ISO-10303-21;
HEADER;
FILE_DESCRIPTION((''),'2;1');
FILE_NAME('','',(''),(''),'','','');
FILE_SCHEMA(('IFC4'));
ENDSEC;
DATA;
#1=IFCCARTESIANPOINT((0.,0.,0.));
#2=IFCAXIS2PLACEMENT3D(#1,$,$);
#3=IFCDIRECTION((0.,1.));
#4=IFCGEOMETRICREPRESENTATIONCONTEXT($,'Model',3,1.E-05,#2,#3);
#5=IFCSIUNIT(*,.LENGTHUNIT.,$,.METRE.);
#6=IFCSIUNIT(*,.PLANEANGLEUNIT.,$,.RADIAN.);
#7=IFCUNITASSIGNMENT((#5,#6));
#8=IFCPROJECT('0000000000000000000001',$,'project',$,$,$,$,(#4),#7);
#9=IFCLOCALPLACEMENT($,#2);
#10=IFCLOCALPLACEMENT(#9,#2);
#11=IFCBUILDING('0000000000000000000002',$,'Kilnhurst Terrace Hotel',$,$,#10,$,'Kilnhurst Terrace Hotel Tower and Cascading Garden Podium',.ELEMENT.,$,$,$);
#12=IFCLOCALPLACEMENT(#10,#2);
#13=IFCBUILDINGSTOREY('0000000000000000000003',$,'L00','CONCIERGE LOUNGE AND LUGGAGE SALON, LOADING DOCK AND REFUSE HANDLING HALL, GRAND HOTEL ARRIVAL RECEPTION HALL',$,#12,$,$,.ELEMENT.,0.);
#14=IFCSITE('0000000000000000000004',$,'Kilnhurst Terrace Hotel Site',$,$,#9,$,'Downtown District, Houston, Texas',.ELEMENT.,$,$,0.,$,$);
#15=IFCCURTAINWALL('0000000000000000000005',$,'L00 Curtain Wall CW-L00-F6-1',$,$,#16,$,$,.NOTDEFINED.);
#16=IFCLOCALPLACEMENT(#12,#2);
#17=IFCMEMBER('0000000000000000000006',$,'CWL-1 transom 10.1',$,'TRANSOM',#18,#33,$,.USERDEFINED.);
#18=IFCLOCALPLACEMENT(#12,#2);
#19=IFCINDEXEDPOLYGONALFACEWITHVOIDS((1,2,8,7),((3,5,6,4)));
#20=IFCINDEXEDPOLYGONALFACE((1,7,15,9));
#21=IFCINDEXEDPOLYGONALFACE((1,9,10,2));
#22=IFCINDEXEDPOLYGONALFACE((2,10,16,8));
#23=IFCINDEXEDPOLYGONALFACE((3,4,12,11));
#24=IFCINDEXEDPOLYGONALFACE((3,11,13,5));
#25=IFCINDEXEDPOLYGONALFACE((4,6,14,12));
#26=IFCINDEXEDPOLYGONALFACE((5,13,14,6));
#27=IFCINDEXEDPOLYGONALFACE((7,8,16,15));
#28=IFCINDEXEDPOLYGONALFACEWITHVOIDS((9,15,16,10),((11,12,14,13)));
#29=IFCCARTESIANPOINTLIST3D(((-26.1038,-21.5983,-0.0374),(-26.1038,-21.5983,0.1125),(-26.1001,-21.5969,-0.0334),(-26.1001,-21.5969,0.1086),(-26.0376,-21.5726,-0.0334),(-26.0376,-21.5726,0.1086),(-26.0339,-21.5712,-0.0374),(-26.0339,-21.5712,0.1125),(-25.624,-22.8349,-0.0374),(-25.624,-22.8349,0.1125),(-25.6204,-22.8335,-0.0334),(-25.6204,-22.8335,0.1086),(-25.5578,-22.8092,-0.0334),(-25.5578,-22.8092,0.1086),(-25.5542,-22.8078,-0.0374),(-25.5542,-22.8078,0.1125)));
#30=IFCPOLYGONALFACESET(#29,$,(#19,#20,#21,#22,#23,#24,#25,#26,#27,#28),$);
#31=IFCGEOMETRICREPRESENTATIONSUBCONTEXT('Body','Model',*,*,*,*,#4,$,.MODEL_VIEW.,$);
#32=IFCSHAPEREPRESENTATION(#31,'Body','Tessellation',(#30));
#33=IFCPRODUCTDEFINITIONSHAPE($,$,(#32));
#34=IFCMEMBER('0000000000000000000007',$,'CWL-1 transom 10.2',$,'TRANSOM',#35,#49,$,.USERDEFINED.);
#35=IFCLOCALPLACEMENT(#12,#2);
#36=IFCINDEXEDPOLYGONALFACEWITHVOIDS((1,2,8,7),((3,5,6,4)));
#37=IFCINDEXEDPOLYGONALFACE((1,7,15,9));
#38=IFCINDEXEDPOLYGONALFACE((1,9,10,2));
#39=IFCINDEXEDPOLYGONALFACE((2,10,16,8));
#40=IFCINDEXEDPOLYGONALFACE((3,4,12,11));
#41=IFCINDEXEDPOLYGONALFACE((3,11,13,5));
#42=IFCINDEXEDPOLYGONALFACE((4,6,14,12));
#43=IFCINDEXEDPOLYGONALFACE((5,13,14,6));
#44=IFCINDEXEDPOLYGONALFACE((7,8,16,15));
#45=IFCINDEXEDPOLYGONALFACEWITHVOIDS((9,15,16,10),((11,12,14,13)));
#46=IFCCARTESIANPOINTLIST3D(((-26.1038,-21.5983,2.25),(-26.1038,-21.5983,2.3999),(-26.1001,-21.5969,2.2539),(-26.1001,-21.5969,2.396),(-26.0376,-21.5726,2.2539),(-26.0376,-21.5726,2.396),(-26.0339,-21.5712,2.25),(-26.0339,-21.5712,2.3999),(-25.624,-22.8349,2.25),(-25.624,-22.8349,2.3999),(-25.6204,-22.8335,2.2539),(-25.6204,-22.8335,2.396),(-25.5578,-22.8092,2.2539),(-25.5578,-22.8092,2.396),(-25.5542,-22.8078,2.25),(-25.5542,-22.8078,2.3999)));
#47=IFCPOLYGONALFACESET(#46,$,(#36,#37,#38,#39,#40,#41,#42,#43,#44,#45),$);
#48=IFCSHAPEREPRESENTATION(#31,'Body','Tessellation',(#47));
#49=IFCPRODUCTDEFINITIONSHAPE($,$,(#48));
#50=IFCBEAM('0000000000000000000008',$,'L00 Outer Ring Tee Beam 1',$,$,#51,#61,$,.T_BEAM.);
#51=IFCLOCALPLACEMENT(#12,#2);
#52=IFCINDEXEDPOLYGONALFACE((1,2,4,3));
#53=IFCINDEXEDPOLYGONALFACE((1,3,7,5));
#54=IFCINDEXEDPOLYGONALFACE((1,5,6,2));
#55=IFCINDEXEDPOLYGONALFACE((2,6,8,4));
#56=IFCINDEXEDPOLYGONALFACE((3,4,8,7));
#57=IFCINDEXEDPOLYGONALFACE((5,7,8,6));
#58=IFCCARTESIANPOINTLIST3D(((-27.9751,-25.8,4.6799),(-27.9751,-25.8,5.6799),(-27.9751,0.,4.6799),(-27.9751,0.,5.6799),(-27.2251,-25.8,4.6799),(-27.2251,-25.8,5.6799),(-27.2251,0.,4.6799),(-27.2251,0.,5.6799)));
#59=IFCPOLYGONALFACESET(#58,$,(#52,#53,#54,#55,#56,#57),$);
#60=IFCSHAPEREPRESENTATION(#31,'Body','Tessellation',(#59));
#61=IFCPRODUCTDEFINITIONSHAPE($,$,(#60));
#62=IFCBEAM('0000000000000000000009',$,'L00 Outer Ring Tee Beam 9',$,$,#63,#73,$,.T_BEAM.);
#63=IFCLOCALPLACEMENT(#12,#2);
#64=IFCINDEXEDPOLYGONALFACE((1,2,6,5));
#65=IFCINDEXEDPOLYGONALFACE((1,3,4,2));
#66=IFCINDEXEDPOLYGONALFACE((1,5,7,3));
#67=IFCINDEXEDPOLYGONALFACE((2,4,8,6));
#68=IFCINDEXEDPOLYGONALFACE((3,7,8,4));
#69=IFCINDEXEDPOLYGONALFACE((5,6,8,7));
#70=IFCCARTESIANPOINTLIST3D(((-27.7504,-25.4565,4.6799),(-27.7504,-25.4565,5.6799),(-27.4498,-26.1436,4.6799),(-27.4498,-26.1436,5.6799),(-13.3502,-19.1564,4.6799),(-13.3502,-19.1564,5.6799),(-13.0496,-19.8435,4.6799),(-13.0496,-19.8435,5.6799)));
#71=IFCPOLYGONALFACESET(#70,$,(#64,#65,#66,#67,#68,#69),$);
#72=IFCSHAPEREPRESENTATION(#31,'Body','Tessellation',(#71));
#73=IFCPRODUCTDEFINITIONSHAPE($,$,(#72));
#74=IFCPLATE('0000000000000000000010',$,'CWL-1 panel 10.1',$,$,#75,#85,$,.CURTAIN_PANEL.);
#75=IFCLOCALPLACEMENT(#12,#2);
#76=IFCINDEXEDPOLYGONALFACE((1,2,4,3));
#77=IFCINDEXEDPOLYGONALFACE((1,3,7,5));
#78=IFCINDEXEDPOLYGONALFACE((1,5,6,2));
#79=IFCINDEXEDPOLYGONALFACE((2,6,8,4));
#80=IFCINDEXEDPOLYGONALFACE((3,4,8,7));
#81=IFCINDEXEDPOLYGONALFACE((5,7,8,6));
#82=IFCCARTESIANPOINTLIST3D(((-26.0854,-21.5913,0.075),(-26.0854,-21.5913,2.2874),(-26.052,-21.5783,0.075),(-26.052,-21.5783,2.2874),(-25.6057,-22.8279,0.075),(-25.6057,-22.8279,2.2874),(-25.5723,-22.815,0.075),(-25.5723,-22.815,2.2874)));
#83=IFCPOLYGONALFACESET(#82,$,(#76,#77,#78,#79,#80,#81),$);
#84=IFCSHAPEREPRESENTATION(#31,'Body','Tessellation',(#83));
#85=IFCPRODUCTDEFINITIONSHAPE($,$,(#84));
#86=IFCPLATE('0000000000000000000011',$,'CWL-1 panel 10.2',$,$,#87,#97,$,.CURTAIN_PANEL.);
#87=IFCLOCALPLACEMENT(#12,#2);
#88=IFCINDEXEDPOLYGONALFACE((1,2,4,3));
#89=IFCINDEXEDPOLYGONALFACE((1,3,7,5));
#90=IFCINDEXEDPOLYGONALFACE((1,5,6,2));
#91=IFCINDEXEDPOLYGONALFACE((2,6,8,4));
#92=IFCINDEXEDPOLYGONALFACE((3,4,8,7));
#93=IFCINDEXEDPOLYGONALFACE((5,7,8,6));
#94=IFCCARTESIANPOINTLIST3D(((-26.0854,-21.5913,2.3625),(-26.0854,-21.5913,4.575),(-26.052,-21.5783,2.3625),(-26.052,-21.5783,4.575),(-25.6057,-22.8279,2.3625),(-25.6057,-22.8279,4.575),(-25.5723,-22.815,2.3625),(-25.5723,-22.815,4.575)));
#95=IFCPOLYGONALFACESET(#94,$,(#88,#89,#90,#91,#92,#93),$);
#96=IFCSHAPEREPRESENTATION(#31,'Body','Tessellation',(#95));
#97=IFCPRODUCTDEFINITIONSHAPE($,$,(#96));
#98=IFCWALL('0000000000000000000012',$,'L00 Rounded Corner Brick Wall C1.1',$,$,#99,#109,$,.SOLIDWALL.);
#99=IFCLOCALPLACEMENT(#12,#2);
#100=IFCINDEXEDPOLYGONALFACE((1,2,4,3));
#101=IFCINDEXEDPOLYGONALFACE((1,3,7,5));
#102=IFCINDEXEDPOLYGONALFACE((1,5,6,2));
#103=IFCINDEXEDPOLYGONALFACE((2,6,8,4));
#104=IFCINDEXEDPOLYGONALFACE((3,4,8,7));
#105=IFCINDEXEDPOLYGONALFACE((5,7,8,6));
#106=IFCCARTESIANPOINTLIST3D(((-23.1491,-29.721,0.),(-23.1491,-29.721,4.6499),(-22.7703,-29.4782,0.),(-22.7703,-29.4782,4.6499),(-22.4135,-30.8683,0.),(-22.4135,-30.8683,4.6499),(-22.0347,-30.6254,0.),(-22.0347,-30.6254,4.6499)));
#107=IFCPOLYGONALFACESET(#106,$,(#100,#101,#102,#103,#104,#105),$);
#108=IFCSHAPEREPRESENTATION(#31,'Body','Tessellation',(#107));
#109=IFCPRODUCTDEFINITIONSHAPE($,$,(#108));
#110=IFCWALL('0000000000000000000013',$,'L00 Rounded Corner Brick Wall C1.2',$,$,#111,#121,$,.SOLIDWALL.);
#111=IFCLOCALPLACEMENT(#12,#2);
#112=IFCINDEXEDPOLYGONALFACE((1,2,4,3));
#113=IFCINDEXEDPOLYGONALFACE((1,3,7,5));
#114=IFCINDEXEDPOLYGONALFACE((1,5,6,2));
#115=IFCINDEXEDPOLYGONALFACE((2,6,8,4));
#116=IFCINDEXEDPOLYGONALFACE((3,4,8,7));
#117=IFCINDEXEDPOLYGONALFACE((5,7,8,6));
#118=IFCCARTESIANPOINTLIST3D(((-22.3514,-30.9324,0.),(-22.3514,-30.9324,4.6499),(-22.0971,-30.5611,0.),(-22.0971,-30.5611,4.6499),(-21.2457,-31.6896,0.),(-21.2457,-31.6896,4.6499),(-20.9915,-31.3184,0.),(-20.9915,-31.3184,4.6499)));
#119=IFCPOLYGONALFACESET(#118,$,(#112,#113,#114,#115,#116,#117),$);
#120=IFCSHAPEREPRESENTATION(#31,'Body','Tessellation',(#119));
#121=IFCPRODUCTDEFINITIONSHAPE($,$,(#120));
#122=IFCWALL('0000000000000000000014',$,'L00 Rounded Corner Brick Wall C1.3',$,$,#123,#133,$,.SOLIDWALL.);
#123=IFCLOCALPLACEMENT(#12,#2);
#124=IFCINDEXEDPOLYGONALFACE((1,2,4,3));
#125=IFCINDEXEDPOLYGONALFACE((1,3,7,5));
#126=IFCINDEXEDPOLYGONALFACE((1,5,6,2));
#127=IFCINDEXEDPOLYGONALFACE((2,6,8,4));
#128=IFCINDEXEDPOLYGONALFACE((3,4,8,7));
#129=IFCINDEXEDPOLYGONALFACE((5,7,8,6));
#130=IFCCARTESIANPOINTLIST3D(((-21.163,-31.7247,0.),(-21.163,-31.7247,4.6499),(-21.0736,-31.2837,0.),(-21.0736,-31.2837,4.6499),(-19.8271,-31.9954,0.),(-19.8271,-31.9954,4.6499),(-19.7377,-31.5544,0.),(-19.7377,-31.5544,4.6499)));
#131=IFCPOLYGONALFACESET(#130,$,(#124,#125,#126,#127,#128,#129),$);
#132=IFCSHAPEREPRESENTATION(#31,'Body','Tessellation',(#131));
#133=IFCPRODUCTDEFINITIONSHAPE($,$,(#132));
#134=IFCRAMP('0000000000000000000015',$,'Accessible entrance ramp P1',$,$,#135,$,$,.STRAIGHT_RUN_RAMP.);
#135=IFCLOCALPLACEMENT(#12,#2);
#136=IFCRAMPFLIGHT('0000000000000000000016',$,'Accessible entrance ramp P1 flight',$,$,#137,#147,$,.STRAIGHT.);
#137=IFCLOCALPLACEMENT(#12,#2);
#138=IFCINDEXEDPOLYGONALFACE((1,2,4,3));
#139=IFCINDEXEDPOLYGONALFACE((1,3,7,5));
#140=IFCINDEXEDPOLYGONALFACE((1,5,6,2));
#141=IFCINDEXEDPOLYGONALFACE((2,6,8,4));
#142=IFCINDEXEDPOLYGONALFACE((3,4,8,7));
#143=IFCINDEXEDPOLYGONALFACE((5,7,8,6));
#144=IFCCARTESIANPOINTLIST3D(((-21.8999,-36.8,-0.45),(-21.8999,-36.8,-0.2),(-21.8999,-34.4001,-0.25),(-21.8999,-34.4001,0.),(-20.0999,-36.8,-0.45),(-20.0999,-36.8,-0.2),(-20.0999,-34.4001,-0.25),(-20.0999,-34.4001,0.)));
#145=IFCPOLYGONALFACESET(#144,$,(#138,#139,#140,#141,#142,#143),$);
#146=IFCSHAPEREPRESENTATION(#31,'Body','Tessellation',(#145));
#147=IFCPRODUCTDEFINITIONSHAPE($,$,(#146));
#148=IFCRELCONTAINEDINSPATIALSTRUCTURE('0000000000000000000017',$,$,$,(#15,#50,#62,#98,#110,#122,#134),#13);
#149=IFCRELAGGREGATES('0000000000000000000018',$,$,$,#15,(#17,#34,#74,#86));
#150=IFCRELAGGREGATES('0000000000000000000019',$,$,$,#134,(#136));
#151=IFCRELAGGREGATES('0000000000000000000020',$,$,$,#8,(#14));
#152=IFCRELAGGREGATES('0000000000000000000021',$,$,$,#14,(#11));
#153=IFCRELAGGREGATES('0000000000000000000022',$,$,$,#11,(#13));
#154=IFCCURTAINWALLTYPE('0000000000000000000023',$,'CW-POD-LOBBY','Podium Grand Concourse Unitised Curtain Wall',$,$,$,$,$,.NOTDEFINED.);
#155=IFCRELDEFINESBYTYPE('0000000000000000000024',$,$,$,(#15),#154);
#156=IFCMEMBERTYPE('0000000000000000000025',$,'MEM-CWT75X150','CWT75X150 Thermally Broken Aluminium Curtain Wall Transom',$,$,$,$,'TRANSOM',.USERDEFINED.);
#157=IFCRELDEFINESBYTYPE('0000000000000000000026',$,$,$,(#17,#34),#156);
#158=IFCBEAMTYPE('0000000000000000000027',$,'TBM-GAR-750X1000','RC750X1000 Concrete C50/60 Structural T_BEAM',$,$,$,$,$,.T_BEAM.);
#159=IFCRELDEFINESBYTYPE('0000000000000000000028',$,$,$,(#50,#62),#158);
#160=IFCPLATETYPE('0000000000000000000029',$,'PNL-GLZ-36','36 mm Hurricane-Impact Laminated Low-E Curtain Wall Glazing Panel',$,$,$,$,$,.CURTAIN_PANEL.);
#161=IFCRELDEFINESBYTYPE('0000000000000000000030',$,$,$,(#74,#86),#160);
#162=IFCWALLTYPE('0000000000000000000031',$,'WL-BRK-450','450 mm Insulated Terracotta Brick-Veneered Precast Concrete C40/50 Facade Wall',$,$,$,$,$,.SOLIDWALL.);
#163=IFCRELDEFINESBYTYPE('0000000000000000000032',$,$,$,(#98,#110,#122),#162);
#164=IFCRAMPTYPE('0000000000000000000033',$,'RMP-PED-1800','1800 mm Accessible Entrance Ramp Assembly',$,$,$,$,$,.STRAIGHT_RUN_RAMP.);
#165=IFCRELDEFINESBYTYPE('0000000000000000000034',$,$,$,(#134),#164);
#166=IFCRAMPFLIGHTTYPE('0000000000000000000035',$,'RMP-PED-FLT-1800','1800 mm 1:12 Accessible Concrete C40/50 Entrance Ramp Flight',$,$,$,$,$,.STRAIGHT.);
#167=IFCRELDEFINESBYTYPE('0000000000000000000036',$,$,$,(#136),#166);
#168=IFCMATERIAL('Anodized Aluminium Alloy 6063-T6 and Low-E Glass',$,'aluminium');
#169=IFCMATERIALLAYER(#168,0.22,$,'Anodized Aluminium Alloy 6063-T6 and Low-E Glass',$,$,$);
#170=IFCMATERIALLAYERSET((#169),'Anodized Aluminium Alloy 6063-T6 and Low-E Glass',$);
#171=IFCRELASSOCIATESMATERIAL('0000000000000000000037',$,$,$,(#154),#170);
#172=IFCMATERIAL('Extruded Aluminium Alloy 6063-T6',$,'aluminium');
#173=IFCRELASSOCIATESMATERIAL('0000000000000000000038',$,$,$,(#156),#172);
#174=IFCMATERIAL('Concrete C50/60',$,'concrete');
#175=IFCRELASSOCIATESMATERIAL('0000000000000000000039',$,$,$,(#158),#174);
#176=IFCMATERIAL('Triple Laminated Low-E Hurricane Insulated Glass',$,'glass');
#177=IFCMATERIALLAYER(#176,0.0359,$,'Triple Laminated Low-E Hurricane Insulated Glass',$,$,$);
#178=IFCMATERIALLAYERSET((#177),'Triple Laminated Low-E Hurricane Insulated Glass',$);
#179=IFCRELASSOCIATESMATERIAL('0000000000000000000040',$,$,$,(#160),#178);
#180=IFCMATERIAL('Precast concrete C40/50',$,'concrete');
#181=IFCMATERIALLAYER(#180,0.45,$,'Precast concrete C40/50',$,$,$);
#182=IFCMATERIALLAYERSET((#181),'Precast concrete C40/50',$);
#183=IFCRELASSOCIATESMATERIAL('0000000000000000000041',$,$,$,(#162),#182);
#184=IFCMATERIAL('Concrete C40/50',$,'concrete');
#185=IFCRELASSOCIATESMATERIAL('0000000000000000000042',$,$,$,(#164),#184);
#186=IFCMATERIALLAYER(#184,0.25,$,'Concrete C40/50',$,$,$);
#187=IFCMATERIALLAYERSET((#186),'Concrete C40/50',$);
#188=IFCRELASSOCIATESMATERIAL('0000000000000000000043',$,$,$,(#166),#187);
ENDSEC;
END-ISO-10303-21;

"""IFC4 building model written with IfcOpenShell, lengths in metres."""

from ifc_helpers import new_model, si_unit, direction, frame, frame_2d, origin, origin_2d, place, context, subcontext, project, spatial, polyline, rectangle, hollow_rectangle, outline, extrude, material, layer, layer_set, material_profile, profile_set, type_object, element, aggregate, save


model = new_model("IFC4")

# Units and contexts
model_context = context("Model", 3, precision=1e-05, world=origin(), true_north=direction((0.0, 1.0)))
body_context = subcontext(model_context, "Body", "Model", "MODEL_VIEW")
ifc_project = project(units=[si_unit("LENGTHUNIT", "METRE"), si_unit("PLANEANGLEUNIT", "RADIAN")], contexts=[model_context])

# Site, building, storey
site_placement = place(None, origin())
site = spatial("IfcSite", under=ifc_project, at=site_placement, Name="Kilnhurst Terrace Hotel Site", LongName="Downtown District, Houston, Texas", CompositionType="ELEMENT", RefElevation=0.0)
building_placement = place(site_placement, origin())
building = spatial("IfcBuilding", under=site, at=building_placement, Name="Kilnhurst Terrace Hotel", LongName="Kilnhurst Terrace Hotel Tower and Cascading Garden Podium", CompositionType="ELEMENT")
storey_placement = place(building_placement, origin())
storey = spatial("IfcBuildingStorey", under=building, at=storey_placement, Name="L00", Description="CONCIERGE LOUNGE AND LUGGAGE SALON, LOADING DOCK AND REFUSE HANDLING HALL, GRAND HOTEL ARRIVAL RECEPTION HALL", CompositionType="ELEMENT", Elevation=0.0)

# Shared definitions
ifc_material_1 = material(Name="Concrete C50/60", Category="concrete")

# Curtain wall, members
ifc_material_2 = material(Name="Anodized Aluminium Alloy 6063-T6 and Low-E Glass", Category="aluminium")
ifc_layer_1 = layer(ifc_material_2, 0.22, Name="Anodized Aluminium Alloy 6063-T6 and Low-E Glass")
ifc_layer_set_1 = layer_set([ifc_layer_1], Name="Anodized Aluminium Alloy 6063-T6 and Low-E Glass")
curtain_wall_type = type_object("IfcCurtainWallType", Name="CW-POD-LOBBY", Description="Podium Grand Concourse Unitised Curtain Wall", PredefinedType="NOTDEFINED", material=ifc_layer_set_1)
curtain_wall_placement = place(storey_placement, origin())
curtain_wall = element("IfcCurtainWall", 1, at=curtain_wall_placement, inside=storey, type_object=curtain_wall_type, Name="L00 Curtain Wall CW-L00-F6-1", PredefinedType="NOTDEFINED")
ifc_material_3 = material(Name="Extruded Aluminium Alloy 6063-T6", Category="aluminium")
ifc_material_profile_1 = material_profile(ifc_material_3, hollow_rectangle(XDim=0.075, YDim=0.1499, WallThickness=0.0039, at=origin_2d()), Name="CWT75X150")
ifc_profile_set_1 = profile_set([ifc_material_profile_1], Name="Extruded Aluminium Alloy 6063-T6")
member_type_1 = type_object("IfcMemberType", Name="MEM-CWT75X150", Description="CWT75X150 Thermally Broken Aluminium Curtain Wall Transom", ElementType="TRANSOM", PredefinedType="USERDEFINED", material=ifc_profile_set_1)
member_1_placement = place(storey_placement, frame((-26.0688, -21.5847, 0.0376), z_axis=(0.361691, -0.932298, 0.0), x_axis=(0.932298, 0.361691, 0.0)))
member_1 = element("IfcMember", 2, at=member_1_placement, type_object=member_type_1, Name="CWL-1 transom 10.1", ObjectType="TRANSOM", PredefinedType="USERDEFINED", context=body_context, shape_type="SweptSolid", body=[
    extrude(hollow_rectangle(XDim=0.075, YDim=0.1499, WallThickness=0.0039, at=origin_2d()), origin(), (0.0, 0.0, 1.0), 1.3264),
])
member_2_placement = place(storey_placement, frame((-26.0688, -21.5847, 2.325), z_axis=(0.361691, -0.932298, 0.0), x_axis=(0.932298, 0.361691, 0.0)))
member_2 = element("IfcMember", 3, at=member_2_placement, type_object=member_type_1, Name="CWL-1 transom 10.2", ObjectType="TRANSOM", PredefinedType="USERDEFINED", context=body_context, shape_type="SweptSolid", body=[
    extrude(hollow_rectangle(XDim=0.075, YDim=0.1499, WallThickness=0.0039, at=origin_2d()), origin(), (0.0, 0.0, 1.0), 1.3264),
])

# Beams
ifc_material_profile_2 = material_profile(ifc_material_1, rectangle(XDim=0.75, YDim=1.0, at=origin_2d()), Name="RC750X1000")
ifc_profile_set_2 = profile_set([ifc_material_profile_2], Name="Concrete C50/60")
beam_type = type_object("IfcBeamType", Name="TBM-GAR-750X1000", Description="RC750X1000 Concrete C50/60 Structural T_BEAM", PredefinedType="T_BEAM", material=ifc_profile_set_2)
beam_1_placement = place(storey_placement, frame((-27.6001, -25.8, 5.1799), z_axis=(0.0, 1.0, 0.0), x_axis=(-1.0, 0.0, 0.0)))
element("IfcBeam", 4, at=beam_1_placement, inside=storey, type_object=beam_type, Name="L00 Outer Ring Tee Beam 1", PredefinedType="T_BEAM", context=body_context, shape_type="SweptSolid", body=[
    extrude(rectangle(XDim=0.75, YDim=1.0, at=origin_2d()), origin(), (0.0, 0.0, 1.0), 25.8),
])
beam_2_placement = place(storey_placement, frame((-27.6001, -25.8, 5.1799), z_axis=(0.916158, 0.400818, 0.0), x_axis=(-0.400818, 0.916158, 0.0)))
element("IfcBeam", 5, at=beam_2_placement, inside=storey, type_object=beam_type, Name="L00 Outer Ring Tee Beam 9", PredefinedType="T_BEAM", context=body_context, shape_type="SweptSolid", body=[
    extrude(rectangle(XDim=0.75, YDim=1.0, at=origin_2d()), origin(), (0.0, 0.0, 1.0), 15.718),
])

# Plates
ifc_material_4 = material(Name="Triple Laminated Low-E Hurricane Insulated Glass", Category="glass")
ifc_layer_2 = layer(ifc_material_4, 0.0359, Name="Triple Laminated Low-E Hurricane Insulated Glass")
ifc_layer_set_2 = layer_set([ifc_layer_2], Name="Triple Laminated Low-E Hurricane Insulated Glass")
plate_type = type_object("IfcPlateType", Name="PNL-GLZ-36", Description="36 mm Hurricane-Impact Laminated Low-E Curtain Wall Glazing Panel", PredefinedType="CURTAIN_PANEL", material=ifc_layer_set_2)
plate_1_placement = place(storey_placement, frame((-25.8289, -22.2031, 0.075), z_axis=(0.0, 0.0, 1.0), x_axis=(0.361639, -0.932318, 0.0)))
plate_1 = element("IfcPlate", 6, at=plate_1_placement, type_object=plate_type, Name="CWL-1 panel 10.1", PredefinedType="CURTAIN_PANEL", context=body_context, shape_type="SweptSolid", body=[
    extrude(rectangle(XDim=1.3264, YDim=0.0359, at=origin_2d()), origin(), (0.0, 0.0, 1.0), 2.2124),
])
plate_2_placement = place(storey_placement, frame((-25.8289, -22.2031, 2.3625), z_axis=(0.0, 0.0, 1.0), x_axis=(0.361639, -0.932318, 0.0)))
plate_2 = element("IfcPlate", 7, at=plate_2_placement, type_object=plate_type, Name="CWL-1 panel 10.2", PredefinedType="CURTAIN_PANEL", context=body_context, shape_type="SweptSolid", body=[
    extrude(rectangle(XDim=1.3264, YDim=0.0359, at=origin_2d()), origin(), (0.0, 0.0, 1.0), 2.2124),
])
aggregate(curtain_wall, [member_1, member_2, plate_1, plate_2])

# Walls
ifc_material_5 = material(Name="Precast concrete C40/50", Category="concrete")
ifc_layer_3 = layer(ifc_material_5, 0.45, Name="Precast concrete C40/50")
ifc_layer_set_3 = layer_set([ifc_layer_3], Name="Precast concrete C40/50")
wall_type = type_object("IfcWallType", Name="WL-BRK-450", Description="450 mm Insulated Terracotta Brick-Veneered Precast Concrete C40/50 Facade Wall", PredefinedType="SOLIDWALL", material=ifc_layer_set_3)
wall_1_placement = place(storey_placement, frame((-22.9597, -29.5996, 0.0), z_axis=(0.0, 0.0, 1.0), x_axis=(0.53977, -0.841812, 0.0)))
element("IfcWall", 8, at=wall_1_placement, inside=storey, type_object=wall_type, Name="L00 Rounded Corner Brick Wall C1.1", PredefinedType="SOLIDWALL", context=body_context, shape_type="SweptSolid", body=[
    extrude(rectangle(XDim=1.3628, YDim=0.45, at=frame_2d((0.6814, 0.0))), origin(), (0.0, 0.0, 1.0), 4.6499),
])
wall_2_placement = place(storey_placement, frame((-22.2241, -30.7468, 0.0), z_axis=(0.0, 0.0, 1.0), x_axis=(0.825035, -0.565082, 0.0)))
element("IfcWall", 9, at=wall_2_placement, inside=storey, type_object=wall_type, Name="L00 Rounded Corner Brick Wall C1.2", PredefinedType="SOLIDWALL", context=body_context, shape_type="SweptSolid", body=[
    extrude(rectangle(XDim=1.3401, YDim=0.45, at=frame_2d((0.6699, 0.0))), origin(), (0.0, 0.0, 1.0), 4.6499),
])
wall_3_placement = place(storey_placement, frame((-21.1184, -31.5042, 0.0), z_axis=(0.0, 0.0, 1.0), x_axis=(0.980075, -0.19863, 0.0)))
element("IfcWall", 10, at=wall_3_placement, inside=storey, type_object=wall_type, Name="L00 Rounded Corner Brick Wall C1.3", PredefinedType="SOLIDWALL", context=body_context, shape_type="SweptSolid", body=[
    extrude(rectangle(XDim=1.363, YDim=0.45, at=frame_2d((0.6816, 0.0))), origin(), (0.0, 0.0, 1.0), 4.6499),
])

# Ramp, ramp flight
ifc_material_6 = material(Name="Concrete C40/50", Category="concrete")
ramp_type = type_object("IfcRampType", Name="RMP-PED-1800", Description="1800 mm Accessible Entrance Ramp Assembly", PredefinedType="STRAIGHT_RUN_RAMP", material=ifc_material_6)
ramp_placement = place(storey_placement, origin())
ramp = element("IfcRamp", 11, at=ramp_placement, inside=storey, type_object=ramp_type, Name="Accessible entrance ramp P1", PredefinedType="STRAIGHT_RUN_RAMP")
ifc_layer_4 = layer(ifc_material_6, 0.25, Name="Concrete C40/50")
ifc_layer_set_4 = layer_set([ifc_layer_4], Name="Concrete C40/50")
ramp_flight_type = type_object("IfcRampFlightType", Name="RMP-PED-FLT-1800", Description="1800 mm 1:12 Accessible Concrete C40/50 Entrance Ramp Flight", PredefinedType="STRAIGHT", material=ifc_layer_set_4)
ramp_flight_placement = place(storey_placement, frame((-21.0, -36.8, -0.2), z_axis=(0.0, 0.0, 1.0), x_axis=(0.0, 1.0, 0.0)))
ramp_flight = element("IfcRampFlight", 12, at=ramp_flight_placement, type_object=ramp_flight_type, Name="Accessible entrance ramp P1 flight", PredefinedType="STRAIGHT", context=body_context, shape_type="SweptSolid", body=[
    extrude(outline(polyline([(0.0, 0.0), (2.3999, 0.2), (2.3999, -0.05), (0.0, -0.25), (0.0, 0.0)])), frame((0.0, 0.8999, 0.0), z_axis=(0.0, -1.0, 0.0), x_axis=(1.0, 0.0, 0.0)), (0.0, 0.0, 1.0), 1.8),
])
aggregate(ramp, [ramp_flight])

save(model, "model.ifc")
